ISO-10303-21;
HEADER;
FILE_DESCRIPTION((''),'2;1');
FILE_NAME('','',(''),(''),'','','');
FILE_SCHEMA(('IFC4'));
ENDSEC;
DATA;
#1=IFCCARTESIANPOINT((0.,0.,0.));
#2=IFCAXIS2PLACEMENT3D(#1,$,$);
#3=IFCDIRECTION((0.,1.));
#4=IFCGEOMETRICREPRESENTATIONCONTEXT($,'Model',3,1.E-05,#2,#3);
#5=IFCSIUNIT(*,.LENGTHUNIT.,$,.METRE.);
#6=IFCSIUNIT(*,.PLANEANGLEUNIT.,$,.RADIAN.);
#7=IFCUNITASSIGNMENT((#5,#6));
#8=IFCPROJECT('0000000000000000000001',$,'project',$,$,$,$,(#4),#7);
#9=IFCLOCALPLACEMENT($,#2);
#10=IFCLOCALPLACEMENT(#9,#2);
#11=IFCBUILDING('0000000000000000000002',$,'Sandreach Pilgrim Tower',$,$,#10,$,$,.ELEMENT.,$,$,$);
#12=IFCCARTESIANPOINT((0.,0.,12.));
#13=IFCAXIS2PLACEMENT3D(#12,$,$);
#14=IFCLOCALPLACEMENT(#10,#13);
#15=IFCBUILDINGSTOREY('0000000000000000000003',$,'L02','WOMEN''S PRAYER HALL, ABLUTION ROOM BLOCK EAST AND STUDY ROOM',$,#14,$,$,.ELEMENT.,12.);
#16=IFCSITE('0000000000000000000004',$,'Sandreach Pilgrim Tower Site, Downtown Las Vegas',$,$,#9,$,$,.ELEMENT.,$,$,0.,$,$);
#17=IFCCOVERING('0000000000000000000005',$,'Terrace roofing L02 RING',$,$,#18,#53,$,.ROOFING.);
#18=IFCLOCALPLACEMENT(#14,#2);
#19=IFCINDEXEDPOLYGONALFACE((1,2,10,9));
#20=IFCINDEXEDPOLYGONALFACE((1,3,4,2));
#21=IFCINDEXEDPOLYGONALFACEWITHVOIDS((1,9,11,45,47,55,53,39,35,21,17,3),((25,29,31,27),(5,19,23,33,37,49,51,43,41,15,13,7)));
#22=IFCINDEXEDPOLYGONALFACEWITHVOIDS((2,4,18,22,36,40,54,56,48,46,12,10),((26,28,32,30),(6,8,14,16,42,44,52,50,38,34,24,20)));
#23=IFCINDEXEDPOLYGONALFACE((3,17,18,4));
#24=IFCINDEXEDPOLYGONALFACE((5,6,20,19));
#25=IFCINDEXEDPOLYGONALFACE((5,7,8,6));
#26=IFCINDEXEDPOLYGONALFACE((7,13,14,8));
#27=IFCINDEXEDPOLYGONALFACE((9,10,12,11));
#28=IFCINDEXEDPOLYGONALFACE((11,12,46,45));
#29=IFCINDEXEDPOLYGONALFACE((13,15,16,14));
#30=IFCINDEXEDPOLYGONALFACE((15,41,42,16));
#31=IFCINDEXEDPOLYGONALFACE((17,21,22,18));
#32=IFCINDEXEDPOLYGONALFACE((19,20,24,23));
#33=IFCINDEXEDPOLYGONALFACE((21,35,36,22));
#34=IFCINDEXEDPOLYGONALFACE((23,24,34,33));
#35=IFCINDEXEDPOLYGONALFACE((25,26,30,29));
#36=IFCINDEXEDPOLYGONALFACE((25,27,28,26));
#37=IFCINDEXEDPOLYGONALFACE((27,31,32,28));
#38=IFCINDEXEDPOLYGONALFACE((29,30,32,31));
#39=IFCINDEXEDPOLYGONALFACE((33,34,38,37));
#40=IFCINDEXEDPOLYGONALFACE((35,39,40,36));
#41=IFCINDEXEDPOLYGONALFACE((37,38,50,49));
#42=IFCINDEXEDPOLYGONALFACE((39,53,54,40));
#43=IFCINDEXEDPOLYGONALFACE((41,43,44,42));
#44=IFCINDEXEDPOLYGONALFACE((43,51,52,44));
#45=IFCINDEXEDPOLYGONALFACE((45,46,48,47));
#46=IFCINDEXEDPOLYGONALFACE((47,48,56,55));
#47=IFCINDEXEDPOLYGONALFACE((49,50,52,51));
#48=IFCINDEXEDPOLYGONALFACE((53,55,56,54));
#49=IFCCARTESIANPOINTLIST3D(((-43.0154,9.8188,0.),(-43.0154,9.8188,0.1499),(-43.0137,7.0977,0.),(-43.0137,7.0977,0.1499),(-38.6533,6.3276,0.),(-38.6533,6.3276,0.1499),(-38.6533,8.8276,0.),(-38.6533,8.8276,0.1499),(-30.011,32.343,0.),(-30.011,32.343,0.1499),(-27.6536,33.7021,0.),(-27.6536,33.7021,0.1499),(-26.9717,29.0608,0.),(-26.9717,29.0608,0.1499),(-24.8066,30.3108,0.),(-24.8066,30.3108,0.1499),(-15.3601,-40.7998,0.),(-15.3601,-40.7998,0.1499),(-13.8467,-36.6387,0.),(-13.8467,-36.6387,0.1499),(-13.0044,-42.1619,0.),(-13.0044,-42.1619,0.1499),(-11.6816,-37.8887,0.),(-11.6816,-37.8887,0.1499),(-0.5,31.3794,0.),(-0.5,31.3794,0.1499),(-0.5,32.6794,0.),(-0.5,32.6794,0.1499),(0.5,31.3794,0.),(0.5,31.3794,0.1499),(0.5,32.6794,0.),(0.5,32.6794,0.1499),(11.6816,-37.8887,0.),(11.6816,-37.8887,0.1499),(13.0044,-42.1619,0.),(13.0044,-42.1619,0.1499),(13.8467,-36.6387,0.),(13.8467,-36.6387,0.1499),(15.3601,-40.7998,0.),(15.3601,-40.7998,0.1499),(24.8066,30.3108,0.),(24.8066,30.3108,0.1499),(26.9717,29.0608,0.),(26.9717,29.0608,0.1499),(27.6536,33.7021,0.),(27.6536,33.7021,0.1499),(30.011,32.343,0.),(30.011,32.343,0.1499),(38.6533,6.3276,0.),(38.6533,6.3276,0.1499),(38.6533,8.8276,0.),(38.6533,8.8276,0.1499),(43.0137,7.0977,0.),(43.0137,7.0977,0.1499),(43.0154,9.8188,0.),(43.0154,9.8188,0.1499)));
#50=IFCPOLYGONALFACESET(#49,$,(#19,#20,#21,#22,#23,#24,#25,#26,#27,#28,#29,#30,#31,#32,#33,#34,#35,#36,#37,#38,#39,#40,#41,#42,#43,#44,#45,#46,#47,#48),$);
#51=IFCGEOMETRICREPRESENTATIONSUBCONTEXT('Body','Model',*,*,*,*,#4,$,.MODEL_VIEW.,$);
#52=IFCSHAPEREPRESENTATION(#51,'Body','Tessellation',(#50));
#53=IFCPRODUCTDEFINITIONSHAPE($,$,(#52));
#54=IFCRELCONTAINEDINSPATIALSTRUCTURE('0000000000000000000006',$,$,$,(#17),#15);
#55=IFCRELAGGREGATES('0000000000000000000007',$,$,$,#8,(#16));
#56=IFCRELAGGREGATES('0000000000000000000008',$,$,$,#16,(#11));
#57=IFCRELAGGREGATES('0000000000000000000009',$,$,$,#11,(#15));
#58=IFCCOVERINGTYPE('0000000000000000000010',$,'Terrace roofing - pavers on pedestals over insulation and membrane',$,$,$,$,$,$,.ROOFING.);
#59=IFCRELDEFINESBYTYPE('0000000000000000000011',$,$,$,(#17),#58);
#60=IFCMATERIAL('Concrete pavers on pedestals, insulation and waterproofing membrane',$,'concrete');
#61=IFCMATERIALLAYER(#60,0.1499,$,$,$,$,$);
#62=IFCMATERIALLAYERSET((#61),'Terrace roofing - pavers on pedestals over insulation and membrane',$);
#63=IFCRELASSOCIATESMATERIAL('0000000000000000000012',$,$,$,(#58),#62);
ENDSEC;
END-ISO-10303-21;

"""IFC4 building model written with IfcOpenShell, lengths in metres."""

from ifc_helpers import new_model, si_unit, direction, frame, origin, place, context, subcontext, project, spatial, polyline, outline, extrude, material, layer, layer_set, type_object, element, save


model = new_model("IFC4")

# Units and contexts
model_context = context("Model", 3, precision=1e-05, world=origin(), true_north=direction((0.0, 1.0)))
body_context = subcontext(model_context, "Body", "Model", "MODEL_VIEW")
ifc_project = project(units=[si_unit("LENGTHUNIT", "METRE"), si_unit("PLANEANGLEUNIT", "RADIAN")], contexts=[model_context])

# Site, building, storey
site_placement = place(None, origin())
site = spatial("IfcSite", under=ifc_project, at=site_placement, Name="Sandreach Pilgrim Tower Site, Downtown Las Vegas", CompositionType="ELEMENT", RefElevation=0.0)
building_placement = place(site_placement, origin())
building = spatial("IfcBuilding", under=site, at=building_placement, Name="Sandreach Pilgrim Tower", CompositionType="ELEMENT")
storey_placement = place(building_placement, frame((0.0, 0.0, 12.0)))
storey = spatial("IfcBuildingStorey", under=building, at=storey_placement, Name="L02", Description="WOMEN'S PRAYER HALL, ABLUTION ROOM BLOCK EAST AND STUDY ROOM", CompositionType="ELEMENT", Elevation=12.0)

# Covering
ifc_material_1 = material(Name="Concrete pavers on pedestals, insulation and waterproofing membrane", Category="concrete")
ifc_layer_1 = layer(ifc_material_1, 0.1499)
ifc_layer_set_1 = layer_set([ifc_layer_1], Name="Terrace roofing - pavers on pedestals over insulation and membrane")
covering_type_1 = type_object("IfcCoveringType", Name="Terrace roofing - pavers on pedestals over insulation and membrane", PredefinedType="ROOFING", material=ifc_layer_set_1)
covering_1_placement = place(storey_placement, origin())
element("IfcCovering", 1, at=covering_1_placement, inside=storey, type_object=covering_type_1, Name="Terrace roofing L02 RING", PredefinedType="ROOFING", context=body_context, shape_type="SweptSolid", body=[
    extrude(outline(polyline([(-27.6536, 33.7021), (27.6536, 33.7021), (30.011, 32.343), (43.0154, 9.8188), (43.0137, 7.0977), (15.3601, -40.7998), (13.0044, -42.1619), (-13.0044, -42.1619), (-15.3601, -40.7998), (-43.0137, 7.0977), (-43.0154, 9.8188), (-30.011, 32.343), (-27.6536, 33.7021)]), holes=[polyline([(-26.9717, 29.0608), (-38.6533, 8.8276), (-38.6533, 6.3276), (-13.8467, -36.6387), (-11.6816, -37.8887), (11.6816, -37.8887), (13.8467, -36.6387), (38.6533, 6.3276), (38.6533, 8.8276), (26.9717, 29.0608), (24.8066, 30.3108), (-24.8066, 30.3108), (-26.9717, 29.0608)]), polyline([(0.5, 31.3794), (0.5, 32.6794), (-0.5, 32.6794), (-0.5, 31.3794), (0.5, 31.3794)])]), origin(), (0.0, 0.0, 1.0), 0.1499),
])

save(model, "model.ifc")
